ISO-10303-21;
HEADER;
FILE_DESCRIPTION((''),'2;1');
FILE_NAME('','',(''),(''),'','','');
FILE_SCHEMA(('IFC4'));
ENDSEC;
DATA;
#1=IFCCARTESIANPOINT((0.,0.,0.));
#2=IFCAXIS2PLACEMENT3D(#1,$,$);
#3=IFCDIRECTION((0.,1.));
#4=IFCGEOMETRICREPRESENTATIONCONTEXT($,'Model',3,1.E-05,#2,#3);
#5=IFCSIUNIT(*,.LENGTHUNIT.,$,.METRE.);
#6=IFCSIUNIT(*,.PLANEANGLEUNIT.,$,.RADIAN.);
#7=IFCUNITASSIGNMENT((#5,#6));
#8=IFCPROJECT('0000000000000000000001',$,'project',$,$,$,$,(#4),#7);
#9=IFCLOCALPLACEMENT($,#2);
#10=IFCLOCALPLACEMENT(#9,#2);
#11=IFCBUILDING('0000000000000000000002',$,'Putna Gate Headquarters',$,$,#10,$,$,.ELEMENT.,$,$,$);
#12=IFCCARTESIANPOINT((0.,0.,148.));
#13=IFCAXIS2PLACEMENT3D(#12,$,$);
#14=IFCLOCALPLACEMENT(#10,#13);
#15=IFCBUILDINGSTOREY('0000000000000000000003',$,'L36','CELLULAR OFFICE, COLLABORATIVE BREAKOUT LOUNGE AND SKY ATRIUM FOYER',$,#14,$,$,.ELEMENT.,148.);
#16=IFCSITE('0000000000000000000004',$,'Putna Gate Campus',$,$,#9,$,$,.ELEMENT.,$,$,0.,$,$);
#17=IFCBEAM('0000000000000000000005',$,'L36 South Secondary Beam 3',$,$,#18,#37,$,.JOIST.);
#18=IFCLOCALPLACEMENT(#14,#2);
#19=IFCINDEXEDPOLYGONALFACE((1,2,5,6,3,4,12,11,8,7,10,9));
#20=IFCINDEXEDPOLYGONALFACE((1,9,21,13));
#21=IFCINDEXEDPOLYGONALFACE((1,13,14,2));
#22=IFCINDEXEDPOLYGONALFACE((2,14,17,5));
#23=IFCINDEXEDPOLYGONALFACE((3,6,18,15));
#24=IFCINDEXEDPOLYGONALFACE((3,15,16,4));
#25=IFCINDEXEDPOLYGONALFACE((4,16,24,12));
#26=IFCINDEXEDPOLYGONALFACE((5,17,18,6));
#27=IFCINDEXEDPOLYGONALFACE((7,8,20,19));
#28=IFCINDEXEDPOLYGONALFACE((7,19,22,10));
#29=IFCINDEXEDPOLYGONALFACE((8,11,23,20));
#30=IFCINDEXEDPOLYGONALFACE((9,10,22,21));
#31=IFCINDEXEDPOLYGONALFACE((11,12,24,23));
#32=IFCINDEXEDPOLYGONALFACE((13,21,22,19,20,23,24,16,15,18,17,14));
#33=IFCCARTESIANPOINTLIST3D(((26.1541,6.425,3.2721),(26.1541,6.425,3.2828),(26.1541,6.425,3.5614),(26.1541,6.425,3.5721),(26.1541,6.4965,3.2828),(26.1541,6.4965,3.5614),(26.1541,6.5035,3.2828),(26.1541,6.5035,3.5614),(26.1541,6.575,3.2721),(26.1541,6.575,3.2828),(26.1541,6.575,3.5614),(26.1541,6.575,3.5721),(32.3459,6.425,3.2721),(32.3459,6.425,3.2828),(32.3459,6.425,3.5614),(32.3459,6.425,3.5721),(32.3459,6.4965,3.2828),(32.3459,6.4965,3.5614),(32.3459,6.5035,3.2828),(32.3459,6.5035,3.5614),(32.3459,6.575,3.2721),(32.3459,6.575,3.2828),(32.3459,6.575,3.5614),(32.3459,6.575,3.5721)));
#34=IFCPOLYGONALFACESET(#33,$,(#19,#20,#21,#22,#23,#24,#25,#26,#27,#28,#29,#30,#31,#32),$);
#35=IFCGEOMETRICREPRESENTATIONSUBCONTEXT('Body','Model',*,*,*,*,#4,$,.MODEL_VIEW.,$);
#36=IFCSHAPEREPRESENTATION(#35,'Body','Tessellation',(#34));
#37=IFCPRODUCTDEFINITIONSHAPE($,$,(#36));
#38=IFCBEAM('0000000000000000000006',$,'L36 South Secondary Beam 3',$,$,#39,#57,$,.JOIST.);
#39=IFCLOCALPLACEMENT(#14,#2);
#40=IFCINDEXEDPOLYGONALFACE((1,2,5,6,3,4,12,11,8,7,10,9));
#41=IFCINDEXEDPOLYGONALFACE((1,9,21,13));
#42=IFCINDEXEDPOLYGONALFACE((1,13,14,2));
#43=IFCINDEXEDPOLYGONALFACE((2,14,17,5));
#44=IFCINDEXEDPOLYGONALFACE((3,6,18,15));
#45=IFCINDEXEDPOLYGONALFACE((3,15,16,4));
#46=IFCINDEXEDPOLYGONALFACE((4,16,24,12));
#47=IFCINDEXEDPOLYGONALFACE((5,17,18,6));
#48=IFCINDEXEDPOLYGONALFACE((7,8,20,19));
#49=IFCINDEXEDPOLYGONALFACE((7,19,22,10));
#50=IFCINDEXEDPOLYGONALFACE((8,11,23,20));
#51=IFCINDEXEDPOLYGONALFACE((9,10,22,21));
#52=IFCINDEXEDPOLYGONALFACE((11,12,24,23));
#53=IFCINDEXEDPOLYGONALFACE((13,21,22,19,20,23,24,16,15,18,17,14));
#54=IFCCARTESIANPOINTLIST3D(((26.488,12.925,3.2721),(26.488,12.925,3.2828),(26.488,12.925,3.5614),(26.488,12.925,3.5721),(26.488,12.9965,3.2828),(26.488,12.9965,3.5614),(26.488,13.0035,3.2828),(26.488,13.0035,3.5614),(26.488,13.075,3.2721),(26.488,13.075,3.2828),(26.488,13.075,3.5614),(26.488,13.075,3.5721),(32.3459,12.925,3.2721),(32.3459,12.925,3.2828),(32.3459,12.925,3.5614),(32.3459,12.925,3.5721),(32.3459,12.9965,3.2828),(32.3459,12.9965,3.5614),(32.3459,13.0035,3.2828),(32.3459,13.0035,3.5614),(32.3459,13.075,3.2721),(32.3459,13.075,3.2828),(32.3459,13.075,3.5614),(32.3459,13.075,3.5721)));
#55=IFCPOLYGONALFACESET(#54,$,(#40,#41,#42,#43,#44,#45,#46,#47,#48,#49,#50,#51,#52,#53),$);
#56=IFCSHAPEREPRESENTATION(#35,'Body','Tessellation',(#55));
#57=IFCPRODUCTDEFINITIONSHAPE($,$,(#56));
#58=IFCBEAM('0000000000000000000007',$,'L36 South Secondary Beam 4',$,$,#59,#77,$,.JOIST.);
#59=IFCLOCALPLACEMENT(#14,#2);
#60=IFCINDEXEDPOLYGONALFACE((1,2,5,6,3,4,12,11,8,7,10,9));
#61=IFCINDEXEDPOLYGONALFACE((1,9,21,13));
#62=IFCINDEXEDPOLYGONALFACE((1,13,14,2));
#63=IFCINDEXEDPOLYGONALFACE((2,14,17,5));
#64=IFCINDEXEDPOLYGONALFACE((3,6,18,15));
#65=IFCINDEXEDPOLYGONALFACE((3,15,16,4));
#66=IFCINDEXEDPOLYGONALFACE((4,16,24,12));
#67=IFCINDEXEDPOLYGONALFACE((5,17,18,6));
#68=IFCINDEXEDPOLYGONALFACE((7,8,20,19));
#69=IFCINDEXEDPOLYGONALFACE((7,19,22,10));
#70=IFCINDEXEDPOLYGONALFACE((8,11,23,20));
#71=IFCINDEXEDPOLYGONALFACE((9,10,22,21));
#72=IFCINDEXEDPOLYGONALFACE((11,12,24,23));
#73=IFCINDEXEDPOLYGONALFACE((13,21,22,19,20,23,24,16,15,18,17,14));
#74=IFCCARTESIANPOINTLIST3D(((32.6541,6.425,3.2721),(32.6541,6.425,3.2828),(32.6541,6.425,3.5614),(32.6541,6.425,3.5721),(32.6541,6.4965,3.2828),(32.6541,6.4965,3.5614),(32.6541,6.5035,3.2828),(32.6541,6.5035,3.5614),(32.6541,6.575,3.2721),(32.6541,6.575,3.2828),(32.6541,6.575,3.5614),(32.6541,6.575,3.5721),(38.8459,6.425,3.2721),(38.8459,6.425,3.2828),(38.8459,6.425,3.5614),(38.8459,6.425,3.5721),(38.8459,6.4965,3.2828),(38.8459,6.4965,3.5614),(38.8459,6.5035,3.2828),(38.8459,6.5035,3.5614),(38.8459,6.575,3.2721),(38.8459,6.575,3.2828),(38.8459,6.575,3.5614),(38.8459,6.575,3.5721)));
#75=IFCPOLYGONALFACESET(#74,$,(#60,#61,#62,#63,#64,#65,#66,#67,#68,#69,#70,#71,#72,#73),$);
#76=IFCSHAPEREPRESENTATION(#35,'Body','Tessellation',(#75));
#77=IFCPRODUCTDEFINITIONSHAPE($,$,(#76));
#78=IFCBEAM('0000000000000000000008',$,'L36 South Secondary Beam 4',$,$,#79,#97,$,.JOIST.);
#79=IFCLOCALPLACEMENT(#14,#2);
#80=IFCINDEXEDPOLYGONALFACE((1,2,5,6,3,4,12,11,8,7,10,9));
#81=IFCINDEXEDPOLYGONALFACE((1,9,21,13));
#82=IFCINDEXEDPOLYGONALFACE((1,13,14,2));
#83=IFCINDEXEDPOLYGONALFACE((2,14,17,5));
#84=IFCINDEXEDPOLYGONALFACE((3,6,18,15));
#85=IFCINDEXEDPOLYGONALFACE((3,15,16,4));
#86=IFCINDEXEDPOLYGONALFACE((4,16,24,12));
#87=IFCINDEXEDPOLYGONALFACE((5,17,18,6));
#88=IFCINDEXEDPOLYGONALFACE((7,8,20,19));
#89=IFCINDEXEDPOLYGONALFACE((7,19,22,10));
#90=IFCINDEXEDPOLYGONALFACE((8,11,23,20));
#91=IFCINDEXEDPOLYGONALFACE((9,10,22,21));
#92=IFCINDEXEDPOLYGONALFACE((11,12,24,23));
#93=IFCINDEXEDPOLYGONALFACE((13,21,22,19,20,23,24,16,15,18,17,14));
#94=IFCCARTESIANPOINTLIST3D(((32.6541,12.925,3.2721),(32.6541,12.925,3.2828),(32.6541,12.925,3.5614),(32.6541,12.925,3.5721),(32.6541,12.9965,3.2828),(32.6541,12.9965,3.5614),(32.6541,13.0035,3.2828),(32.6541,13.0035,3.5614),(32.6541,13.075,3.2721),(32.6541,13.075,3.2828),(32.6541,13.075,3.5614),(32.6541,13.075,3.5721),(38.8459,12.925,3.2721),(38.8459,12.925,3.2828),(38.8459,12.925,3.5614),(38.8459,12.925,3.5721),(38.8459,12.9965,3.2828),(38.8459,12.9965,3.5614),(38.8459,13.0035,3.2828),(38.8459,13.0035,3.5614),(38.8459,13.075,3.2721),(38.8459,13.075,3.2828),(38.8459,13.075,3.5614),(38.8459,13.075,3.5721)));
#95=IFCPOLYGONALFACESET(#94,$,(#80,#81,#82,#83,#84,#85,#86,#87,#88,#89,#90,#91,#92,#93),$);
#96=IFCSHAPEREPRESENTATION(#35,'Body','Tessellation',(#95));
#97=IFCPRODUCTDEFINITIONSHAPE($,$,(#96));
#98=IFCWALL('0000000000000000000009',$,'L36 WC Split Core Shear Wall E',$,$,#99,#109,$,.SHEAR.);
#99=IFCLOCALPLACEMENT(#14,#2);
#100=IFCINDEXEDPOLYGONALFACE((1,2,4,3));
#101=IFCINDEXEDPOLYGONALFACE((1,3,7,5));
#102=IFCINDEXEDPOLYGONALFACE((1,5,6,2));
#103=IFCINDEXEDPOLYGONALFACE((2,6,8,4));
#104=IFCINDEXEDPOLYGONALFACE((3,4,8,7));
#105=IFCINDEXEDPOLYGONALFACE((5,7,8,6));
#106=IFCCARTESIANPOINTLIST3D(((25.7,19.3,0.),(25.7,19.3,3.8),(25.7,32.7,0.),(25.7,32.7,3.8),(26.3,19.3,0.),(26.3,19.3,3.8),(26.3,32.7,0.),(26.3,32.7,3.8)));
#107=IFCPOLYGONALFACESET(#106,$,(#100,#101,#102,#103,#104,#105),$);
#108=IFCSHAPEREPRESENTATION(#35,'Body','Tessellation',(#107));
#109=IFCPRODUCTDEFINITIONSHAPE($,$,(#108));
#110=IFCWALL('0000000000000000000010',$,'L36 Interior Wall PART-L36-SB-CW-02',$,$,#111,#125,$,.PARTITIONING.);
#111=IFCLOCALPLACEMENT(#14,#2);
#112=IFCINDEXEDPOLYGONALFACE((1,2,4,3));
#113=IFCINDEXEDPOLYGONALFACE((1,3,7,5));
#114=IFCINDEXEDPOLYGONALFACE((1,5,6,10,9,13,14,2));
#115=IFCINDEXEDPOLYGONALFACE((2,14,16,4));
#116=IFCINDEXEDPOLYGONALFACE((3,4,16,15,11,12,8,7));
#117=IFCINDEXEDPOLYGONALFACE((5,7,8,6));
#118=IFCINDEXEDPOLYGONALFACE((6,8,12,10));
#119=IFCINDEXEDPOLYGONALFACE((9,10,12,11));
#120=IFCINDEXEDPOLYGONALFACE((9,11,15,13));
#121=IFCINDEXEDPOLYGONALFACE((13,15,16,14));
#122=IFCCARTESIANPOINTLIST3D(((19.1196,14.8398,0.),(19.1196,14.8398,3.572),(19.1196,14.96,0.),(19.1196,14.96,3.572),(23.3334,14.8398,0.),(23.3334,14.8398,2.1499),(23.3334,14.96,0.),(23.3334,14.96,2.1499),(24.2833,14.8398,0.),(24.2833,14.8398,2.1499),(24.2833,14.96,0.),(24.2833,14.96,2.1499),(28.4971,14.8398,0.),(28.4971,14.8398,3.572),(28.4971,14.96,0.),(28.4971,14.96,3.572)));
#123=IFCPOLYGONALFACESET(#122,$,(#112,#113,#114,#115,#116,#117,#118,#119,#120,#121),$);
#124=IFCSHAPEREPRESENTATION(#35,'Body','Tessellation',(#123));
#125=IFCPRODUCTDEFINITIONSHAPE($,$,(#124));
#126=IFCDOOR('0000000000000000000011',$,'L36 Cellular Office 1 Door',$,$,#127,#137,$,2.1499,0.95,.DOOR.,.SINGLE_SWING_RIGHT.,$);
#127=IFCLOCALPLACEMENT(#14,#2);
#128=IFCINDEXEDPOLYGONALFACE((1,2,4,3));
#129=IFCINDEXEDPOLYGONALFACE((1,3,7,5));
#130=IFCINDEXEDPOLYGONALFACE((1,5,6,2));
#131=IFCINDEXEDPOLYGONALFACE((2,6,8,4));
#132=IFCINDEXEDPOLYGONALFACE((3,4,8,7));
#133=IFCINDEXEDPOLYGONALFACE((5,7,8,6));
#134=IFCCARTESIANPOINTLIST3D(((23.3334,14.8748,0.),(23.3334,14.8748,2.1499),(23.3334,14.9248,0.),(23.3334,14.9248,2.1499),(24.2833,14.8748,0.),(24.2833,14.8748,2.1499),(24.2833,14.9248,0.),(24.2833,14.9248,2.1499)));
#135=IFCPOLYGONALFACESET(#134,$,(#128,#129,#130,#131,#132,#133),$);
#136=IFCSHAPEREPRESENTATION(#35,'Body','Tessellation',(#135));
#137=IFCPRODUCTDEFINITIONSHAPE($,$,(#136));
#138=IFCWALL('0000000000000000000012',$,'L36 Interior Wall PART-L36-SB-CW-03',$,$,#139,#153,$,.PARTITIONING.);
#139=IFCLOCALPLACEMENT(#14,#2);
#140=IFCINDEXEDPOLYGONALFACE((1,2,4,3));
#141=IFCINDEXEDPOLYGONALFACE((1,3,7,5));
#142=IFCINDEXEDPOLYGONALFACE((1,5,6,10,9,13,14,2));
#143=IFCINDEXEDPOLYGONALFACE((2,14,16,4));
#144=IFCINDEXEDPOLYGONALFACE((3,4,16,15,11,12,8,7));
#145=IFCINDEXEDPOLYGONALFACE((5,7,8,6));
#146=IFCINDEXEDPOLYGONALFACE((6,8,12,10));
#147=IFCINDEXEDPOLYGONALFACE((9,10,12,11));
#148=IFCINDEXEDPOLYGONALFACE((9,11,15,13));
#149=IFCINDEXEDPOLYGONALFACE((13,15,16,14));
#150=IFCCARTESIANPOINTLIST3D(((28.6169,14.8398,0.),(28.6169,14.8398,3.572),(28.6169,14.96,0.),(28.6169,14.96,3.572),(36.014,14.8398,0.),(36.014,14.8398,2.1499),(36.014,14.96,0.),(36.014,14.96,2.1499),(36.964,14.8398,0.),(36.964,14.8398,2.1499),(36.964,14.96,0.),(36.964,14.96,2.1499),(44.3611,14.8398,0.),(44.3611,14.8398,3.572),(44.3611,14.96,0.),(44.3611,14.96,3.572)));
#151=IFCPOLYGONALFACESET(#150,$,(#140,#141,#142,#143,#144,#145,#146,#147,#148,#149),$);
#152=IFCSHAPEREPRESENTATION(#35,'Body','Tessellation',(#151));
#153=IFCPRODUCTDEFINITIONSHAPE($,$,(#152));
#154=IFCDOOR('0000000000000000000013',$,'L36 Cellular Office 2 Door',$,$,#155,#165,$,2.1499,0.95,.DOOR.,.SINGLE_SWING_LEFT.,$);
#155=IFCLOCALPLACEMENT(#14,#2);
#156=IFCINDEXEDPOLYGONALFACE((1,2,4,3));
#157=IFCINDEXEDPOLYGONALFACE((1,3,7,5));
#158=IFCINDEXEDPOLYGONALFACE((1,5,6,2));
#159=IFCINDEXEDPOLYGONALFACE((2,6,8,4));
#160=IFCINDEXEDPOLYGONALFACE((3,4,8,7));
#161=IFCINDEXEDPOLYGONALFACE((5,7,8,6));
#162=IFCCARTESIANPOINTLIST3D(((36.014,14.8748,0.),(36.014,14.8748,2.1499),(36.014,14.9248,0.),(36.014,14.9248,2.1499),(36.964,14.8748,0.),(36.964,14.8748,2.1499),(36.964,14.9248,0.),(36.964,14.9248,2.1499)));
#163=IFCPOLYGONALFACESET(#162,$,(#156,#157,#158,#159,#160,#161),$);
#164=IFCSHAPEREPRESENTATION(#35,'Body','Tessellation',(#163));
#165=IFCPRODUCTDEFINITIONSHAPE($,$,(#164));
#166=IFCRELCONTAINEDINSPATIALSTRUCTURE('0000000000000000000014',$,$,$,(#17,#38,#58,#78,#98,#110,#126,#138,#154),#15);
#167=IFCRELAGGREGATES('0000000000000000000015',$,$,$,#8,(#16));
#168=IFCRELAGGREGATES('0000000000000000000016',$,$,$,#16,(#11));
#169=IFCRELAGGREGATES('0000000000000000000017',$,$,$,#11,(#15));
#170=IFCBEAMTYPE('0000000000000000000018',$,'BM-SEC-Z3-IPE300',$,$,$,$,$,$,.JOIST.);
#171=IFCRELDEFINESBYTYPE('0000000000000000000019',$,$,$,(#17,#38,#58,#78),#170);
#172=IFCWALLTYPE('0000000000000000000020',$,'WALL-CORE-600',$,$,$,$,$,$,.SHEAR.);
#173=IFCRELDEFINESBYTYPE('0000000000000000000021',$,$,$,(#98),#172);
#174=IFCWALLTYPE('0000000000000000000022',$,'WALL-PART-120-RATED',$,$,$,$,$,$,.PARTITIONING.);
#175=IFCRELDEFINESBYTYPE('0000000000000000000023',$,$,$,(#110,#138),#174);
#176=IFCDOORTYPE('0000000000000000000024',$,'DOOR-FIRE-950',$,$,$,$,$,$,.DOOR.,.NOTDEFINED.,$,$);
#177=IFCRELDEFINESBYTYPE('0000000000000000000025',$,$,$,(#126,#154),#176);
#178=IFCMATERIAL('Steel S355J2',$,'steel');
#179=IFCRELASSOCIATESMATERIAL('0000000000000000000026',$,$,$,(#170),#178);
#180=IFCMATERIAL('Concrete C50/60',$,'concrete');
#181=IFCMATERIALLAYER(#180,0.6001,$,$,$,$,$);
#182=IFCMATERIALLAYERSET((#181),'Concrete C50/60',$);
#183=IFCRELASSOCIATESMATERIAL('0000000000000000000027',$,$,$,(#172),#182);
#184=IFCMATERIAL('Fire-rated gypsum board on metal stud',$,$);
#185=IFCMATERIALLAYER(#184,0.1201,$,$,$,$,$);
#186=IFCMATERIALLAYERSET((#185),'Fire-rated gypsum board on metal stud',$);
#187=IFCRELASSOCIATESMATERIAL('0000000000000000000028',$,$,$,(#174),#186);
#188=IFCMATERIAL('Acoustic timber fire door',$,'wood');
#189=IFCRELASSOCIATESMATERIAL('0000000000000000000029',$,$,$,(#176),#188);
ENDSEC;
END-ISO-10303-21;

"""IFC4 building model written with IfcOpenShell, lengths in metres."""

from ifc_helpers import new_model, si_unit, direction, frame, frame_2d, origin, origin_2d, place, context, subcontext, project, spatial, rectangle, i_section, extrude, material, layer, layer_set, material_profile, profile_set, type_object, element, fill, save


model = new_model("IFC4")

# Units and contexts
model_context = context("Model", 3, precision=1e-05, world=origin(), true_north=direction((0.0, 1.0)))
body_context = subcontext(model_context, "Body", "Model", "MODEL_VIEW")
ifc_project = project(units=[si_unit("LENGTHUNIT", "METRE"), si_unit("PLANEANGLEUNIT", "RADIAN")], contexts=[model_context])

# Site, building, storey
site_placement = place(None, origin())
site = spatial("IfcSite", under=ifc_project, at=site_placement, Name="Putna Gate Campus", CompositionType="ELEMENT", RefElevation=0.0)
building_placement = place(site_placement, origin())
building = spatial("IfcBuilding", under=site, at=building_placement, Name="Putna Gate Headquarters", CompositionType="ELEMENT")
storey_placement = place(building_placement, frame((0.0, 0.0, 148.0)))
storey = spatial("IfcBuildingStorey", under=building, at=storey_placement, Name="L36", Description="CELLULAR OFFICE, COLLABORATIVE BREAKOUT LOUNGE AND SKY ATRIUM FOYER", CompositionType="ELEMENT", Elevation=148.0)

# Shared definitions
ifc_material_1 = material(Name="Concrete C50/60", Category="concrete")

# Beams
ifc_material_2 = material(Name="Steel S355J2", Category="steel")
ifc_material_profile_1 = material_profile(ifc_material_2, i_section(OverallWidth=0.1499, OverallDepth=0.3, WebThickness=0.0071, FlangeThickness=0.0107, at=origin_2d()), Name="Steel S355J2")
ifc_profile_set_1 = profile_set([ifc_material_profile_1], Name="Steel S355J2")
beam_type_1 = type_object("IfcBeamType", Name="BM-SEC-Z3-IPE300", PredefinedType="JOIST", material=ifc_profile_set_1)
beam_1_placement = place(storey_placement, frame((26.1541, 6.5, 3.4221), z_axis=(1.0, 0.0, 0.0), x_axis=(0.0, 1.0, 0.0)))
element("IfcBeam", 1, at=beam_1_placement, inside=storey, type_object=beam_type_1, Name="L36 South Secondary Beam 3", PredefinedType="JOIST", context=body_context, shape_type="SweptSolid", body=[
    extrude(i_section(OverallWidth=0.1499, OverallDepth=0.3, WebThickness=0.0071, FlangeThickness=0.0107, at=origin_2d()), origin(), (0.0, 0.0, 1.0), 6.1919),
])
beam_2_placement = place(storey_placement, frame((26.488, 13.0, 3.4221), z_axis=(1.0, 0.0, 0.0), x_axis=(0.0, 1.0, 0.0)))
element("IfcBeam", 2, at=beam_2_placement, inside=storey, type_object=beam_type_1, Name="L36 South Secondary Beam 3", PredefinedType="JOIST", context=body_context, shape_type="SweptSolid", body=[
    extrude(i_section(OverallWidth=0.1499, OverallDepth=0.3, WebThickness=0.0071, FlangeThickness=0.0107, at=origin_2d()), origin(), (0.0, 0.0, 1.0), 5.8579),
])
for number, where, z_axis, x_axis, name in (
    (3, (32.6541, 6.5, 3.4221), (1.0, 0.0, 0.0), (0.0, 1.0, 0.0), "L36 South Secondary Beam 4"),
    (4, (32.6541, 13.0, 3.4221), (1.0, 0.0, 0.0), (0.0, 1.0, 0.0), "L36 South Secondary Beam 4"),
):
    element("IfcBeam", number, at=place(storey_placement, frame(where, z_axis=z_axis, x_axis=x_axis)), inside=storey, type_object=beam_type_1, Name=name, PredefinedType="JOIST", context=body_context, shape_type="SweptSolid", body=[
        extrude(i_section(OverallWidth=0.1499, OverallDepth=0.3, WebThickness=0.0071, FlangeThickness=0.0107, at=origin_2d()), origin(), (0.0, 0.0, 1.0), 6.1919),
    ])

# Wall
ifc_layer_1 = layer(ifc_material_1, 0.6001)
ifc_layer_set_1 = layer_set([ifc_layer_1], Name="Concrete C50/60")
wall_type_1 = type_object("IfcWallType", Name="WALL-CORE-600", PredefinedType="SHEAR", material=ifc_layer_set_1)
wall_1_placement = place(storey_placement, frame((26.0, 19.3, 0.0), z_axis=(0.0, 0.0, 1.0), x_axis=(0.0, 1.0, 0.0)))
element("IfcWall", 5, at=wall_1_placement, inside=storey, type_object=wall_type_1, Name="L36 WC Split Core Shear Wall E", PredefinedType="SHEAR", context=body_context, shape_type="SweptSolid", body=[
    extrude(rectangle(XDim=13.3999, YDim=0.6001, at=frame_2d((6.7, 0.0))), origin(), (0.0, 0.0, 1.0), 3.8),
])

# Walls, openings, doors
ifc_material_3 = material(Name="Fire-rated gypsum board on metal stud")
ifc_layer_2 = layer(ifc_material_3, 0.1201)
ifc_layer_set_2 = layer_set([ifc_layer_2], Name="Fire-rated gypsum board on metal stud")
wall_type_2 = type_object("IfcWallType", Name="WALL-PART-120-RATED", PredefinedType="PARTITIONING", material=ifc_layer_set_2)
wall_2_placement = place(storey_placement, frame((19.1196, 14.8999, 0.0), z_axis=(0.0, 0.0, 1.0), x_axis=(1.0, 0.0, 0.0)))
wall_2 = element("IfcWall", 6, at=wall_2_placement, inside=storey, type_object=wall_type_2, Name="L36 Interior Wall PART-L36-SB-CW-02", PredefinedType="PARTITIONING", context=body_context, shape_type="SweptSolid", body=[
    extrude(rectangle(XDim=9.3774, YDim=0.1201, at=frame_2d((4.6887, 0.0))), origin(), (0.0, 0.0, 1.0), 3.572),
])
opening_1_placement = place(wall_2_placement, frame((4.2136, 0.0, 0.0)))
opening_1 = element("IfcOpeningElement", 7, at=opening_1_placement, cuts=wall_2, PredefinedType="OPENING", context=body_context, shape_type="SweptSolid", body=[
    extrude(rectangle(XDim=0.95, YDim=2.1499, at=frame_2d((0.4751, 1.075))), frame((0.0, 0.0701, 0.0), z_axis=(0.0, -1.0, 0.0), x_axis=(1.0, 0.0, 0.0)), (0.0, 0.0, 1.0), 0.1401),
])
ifc_material_4 = material(Name="Acoustic timber fire door", Category="wood")
door_type_1 = type_object("IfcDoorType", Name="DOOR-FIRE-950", OperationType="NOTDEFINED", PredefinedType="DOOR", material=ifc_material_4)
door_1_placement = place(opening_1_placement, origin())
door_1 = element("IfcDoor", 8, at=door_1_placement, inside=storey, type_object=door_type_1, Name="L36 Cellular Office 1 Door", OperationType="SINGLE_SWING_RIGHT", OverallHeight=2.1499, OverallWidth=0.95, PredefinedType="DOOR", context=body_context, shape_type="SweptSolid", body=[
    extrude(rectangle(XDim=0.95, YDim=2.1499, at=frame_2d((0.4751, 1.075))), frame((0.0, 0.0249, 0.0), z_axis=(0.0, -1.0, 0.0), x_axis=(1.0, 0.0, 0.0)), (0.0, 0.0, 1.0), 0.05),
])
fill(opening_1, door_1)
wall_3_placement = place(storey_placement, frame((28.6169, 14.8999, 0.0), z_axis=(0.0, 0.0, 1.0), x_axis=(1.0, 0.0, 0.0)))
wall_3 = element("IfcWall", 9, at=wall_3_placement, inside=storey, type_object=wall_type_2, Name="L36 Interior Wall PART-L36-SB-CW-03", PredefinedType="PARTITIONING", context=body_context, shape_type="SweptSolid", body=[
    extrude(rectangle(XDim=15.7441, YDim=0.1201, at=frame_2d((7.8721, 0.0))), origin(), (0.0, 0.0, 1.0), 3.572),
])
opening_2_placement = place(wall_3_placement, frame((7.397, 0.0, 0.0)))
opening_2 = element("IfcOpeningElement", 10, at=opening_2_placement, cuts=wall_3, PredefinedType="OPENING", context=body_context, shape_type="SweptSolid", body=[
    extrude(rectangle(XDim=0.95, YDim=2.1499, at=frame_2d((0.4751, 1.075))), frame((0.0, 0.0701, 0.0), z_axis=(0.0, -1.0, 0.0), x_axis=(1.0, 0.0, 0.0)), (0.0, 0.0, 1.0), 0.1401),
])
door_2_placement = place(opening_2_placement, origin())
door_2 = element("IfcDoor", 11, at=door_2_placement, inside=storey, type_object=door_type_1, Name="L36 Cellular Office 2 Door", OperationType="SINGLE_SWING_LEFT", OverallHeight=2.1499, OverallWidth=0.95, PredefinedType="DOOR", context=body_context, shape_type="SweptSolid", body=[
    extrude(rectangle(XDim=0.95, YDim=2.1499, at=frame_2d((0.4751, 1.075))), frame((0.0, 0.0249, 0.0), z_axis=(0.0, -1.0, 0.0), x_axis=(1.0, 0.0, 0.0)), (0.0, 0.0, 1.0), 0.05),
])
fill(opening_2, door_2)

save(model, "model.ifc")
